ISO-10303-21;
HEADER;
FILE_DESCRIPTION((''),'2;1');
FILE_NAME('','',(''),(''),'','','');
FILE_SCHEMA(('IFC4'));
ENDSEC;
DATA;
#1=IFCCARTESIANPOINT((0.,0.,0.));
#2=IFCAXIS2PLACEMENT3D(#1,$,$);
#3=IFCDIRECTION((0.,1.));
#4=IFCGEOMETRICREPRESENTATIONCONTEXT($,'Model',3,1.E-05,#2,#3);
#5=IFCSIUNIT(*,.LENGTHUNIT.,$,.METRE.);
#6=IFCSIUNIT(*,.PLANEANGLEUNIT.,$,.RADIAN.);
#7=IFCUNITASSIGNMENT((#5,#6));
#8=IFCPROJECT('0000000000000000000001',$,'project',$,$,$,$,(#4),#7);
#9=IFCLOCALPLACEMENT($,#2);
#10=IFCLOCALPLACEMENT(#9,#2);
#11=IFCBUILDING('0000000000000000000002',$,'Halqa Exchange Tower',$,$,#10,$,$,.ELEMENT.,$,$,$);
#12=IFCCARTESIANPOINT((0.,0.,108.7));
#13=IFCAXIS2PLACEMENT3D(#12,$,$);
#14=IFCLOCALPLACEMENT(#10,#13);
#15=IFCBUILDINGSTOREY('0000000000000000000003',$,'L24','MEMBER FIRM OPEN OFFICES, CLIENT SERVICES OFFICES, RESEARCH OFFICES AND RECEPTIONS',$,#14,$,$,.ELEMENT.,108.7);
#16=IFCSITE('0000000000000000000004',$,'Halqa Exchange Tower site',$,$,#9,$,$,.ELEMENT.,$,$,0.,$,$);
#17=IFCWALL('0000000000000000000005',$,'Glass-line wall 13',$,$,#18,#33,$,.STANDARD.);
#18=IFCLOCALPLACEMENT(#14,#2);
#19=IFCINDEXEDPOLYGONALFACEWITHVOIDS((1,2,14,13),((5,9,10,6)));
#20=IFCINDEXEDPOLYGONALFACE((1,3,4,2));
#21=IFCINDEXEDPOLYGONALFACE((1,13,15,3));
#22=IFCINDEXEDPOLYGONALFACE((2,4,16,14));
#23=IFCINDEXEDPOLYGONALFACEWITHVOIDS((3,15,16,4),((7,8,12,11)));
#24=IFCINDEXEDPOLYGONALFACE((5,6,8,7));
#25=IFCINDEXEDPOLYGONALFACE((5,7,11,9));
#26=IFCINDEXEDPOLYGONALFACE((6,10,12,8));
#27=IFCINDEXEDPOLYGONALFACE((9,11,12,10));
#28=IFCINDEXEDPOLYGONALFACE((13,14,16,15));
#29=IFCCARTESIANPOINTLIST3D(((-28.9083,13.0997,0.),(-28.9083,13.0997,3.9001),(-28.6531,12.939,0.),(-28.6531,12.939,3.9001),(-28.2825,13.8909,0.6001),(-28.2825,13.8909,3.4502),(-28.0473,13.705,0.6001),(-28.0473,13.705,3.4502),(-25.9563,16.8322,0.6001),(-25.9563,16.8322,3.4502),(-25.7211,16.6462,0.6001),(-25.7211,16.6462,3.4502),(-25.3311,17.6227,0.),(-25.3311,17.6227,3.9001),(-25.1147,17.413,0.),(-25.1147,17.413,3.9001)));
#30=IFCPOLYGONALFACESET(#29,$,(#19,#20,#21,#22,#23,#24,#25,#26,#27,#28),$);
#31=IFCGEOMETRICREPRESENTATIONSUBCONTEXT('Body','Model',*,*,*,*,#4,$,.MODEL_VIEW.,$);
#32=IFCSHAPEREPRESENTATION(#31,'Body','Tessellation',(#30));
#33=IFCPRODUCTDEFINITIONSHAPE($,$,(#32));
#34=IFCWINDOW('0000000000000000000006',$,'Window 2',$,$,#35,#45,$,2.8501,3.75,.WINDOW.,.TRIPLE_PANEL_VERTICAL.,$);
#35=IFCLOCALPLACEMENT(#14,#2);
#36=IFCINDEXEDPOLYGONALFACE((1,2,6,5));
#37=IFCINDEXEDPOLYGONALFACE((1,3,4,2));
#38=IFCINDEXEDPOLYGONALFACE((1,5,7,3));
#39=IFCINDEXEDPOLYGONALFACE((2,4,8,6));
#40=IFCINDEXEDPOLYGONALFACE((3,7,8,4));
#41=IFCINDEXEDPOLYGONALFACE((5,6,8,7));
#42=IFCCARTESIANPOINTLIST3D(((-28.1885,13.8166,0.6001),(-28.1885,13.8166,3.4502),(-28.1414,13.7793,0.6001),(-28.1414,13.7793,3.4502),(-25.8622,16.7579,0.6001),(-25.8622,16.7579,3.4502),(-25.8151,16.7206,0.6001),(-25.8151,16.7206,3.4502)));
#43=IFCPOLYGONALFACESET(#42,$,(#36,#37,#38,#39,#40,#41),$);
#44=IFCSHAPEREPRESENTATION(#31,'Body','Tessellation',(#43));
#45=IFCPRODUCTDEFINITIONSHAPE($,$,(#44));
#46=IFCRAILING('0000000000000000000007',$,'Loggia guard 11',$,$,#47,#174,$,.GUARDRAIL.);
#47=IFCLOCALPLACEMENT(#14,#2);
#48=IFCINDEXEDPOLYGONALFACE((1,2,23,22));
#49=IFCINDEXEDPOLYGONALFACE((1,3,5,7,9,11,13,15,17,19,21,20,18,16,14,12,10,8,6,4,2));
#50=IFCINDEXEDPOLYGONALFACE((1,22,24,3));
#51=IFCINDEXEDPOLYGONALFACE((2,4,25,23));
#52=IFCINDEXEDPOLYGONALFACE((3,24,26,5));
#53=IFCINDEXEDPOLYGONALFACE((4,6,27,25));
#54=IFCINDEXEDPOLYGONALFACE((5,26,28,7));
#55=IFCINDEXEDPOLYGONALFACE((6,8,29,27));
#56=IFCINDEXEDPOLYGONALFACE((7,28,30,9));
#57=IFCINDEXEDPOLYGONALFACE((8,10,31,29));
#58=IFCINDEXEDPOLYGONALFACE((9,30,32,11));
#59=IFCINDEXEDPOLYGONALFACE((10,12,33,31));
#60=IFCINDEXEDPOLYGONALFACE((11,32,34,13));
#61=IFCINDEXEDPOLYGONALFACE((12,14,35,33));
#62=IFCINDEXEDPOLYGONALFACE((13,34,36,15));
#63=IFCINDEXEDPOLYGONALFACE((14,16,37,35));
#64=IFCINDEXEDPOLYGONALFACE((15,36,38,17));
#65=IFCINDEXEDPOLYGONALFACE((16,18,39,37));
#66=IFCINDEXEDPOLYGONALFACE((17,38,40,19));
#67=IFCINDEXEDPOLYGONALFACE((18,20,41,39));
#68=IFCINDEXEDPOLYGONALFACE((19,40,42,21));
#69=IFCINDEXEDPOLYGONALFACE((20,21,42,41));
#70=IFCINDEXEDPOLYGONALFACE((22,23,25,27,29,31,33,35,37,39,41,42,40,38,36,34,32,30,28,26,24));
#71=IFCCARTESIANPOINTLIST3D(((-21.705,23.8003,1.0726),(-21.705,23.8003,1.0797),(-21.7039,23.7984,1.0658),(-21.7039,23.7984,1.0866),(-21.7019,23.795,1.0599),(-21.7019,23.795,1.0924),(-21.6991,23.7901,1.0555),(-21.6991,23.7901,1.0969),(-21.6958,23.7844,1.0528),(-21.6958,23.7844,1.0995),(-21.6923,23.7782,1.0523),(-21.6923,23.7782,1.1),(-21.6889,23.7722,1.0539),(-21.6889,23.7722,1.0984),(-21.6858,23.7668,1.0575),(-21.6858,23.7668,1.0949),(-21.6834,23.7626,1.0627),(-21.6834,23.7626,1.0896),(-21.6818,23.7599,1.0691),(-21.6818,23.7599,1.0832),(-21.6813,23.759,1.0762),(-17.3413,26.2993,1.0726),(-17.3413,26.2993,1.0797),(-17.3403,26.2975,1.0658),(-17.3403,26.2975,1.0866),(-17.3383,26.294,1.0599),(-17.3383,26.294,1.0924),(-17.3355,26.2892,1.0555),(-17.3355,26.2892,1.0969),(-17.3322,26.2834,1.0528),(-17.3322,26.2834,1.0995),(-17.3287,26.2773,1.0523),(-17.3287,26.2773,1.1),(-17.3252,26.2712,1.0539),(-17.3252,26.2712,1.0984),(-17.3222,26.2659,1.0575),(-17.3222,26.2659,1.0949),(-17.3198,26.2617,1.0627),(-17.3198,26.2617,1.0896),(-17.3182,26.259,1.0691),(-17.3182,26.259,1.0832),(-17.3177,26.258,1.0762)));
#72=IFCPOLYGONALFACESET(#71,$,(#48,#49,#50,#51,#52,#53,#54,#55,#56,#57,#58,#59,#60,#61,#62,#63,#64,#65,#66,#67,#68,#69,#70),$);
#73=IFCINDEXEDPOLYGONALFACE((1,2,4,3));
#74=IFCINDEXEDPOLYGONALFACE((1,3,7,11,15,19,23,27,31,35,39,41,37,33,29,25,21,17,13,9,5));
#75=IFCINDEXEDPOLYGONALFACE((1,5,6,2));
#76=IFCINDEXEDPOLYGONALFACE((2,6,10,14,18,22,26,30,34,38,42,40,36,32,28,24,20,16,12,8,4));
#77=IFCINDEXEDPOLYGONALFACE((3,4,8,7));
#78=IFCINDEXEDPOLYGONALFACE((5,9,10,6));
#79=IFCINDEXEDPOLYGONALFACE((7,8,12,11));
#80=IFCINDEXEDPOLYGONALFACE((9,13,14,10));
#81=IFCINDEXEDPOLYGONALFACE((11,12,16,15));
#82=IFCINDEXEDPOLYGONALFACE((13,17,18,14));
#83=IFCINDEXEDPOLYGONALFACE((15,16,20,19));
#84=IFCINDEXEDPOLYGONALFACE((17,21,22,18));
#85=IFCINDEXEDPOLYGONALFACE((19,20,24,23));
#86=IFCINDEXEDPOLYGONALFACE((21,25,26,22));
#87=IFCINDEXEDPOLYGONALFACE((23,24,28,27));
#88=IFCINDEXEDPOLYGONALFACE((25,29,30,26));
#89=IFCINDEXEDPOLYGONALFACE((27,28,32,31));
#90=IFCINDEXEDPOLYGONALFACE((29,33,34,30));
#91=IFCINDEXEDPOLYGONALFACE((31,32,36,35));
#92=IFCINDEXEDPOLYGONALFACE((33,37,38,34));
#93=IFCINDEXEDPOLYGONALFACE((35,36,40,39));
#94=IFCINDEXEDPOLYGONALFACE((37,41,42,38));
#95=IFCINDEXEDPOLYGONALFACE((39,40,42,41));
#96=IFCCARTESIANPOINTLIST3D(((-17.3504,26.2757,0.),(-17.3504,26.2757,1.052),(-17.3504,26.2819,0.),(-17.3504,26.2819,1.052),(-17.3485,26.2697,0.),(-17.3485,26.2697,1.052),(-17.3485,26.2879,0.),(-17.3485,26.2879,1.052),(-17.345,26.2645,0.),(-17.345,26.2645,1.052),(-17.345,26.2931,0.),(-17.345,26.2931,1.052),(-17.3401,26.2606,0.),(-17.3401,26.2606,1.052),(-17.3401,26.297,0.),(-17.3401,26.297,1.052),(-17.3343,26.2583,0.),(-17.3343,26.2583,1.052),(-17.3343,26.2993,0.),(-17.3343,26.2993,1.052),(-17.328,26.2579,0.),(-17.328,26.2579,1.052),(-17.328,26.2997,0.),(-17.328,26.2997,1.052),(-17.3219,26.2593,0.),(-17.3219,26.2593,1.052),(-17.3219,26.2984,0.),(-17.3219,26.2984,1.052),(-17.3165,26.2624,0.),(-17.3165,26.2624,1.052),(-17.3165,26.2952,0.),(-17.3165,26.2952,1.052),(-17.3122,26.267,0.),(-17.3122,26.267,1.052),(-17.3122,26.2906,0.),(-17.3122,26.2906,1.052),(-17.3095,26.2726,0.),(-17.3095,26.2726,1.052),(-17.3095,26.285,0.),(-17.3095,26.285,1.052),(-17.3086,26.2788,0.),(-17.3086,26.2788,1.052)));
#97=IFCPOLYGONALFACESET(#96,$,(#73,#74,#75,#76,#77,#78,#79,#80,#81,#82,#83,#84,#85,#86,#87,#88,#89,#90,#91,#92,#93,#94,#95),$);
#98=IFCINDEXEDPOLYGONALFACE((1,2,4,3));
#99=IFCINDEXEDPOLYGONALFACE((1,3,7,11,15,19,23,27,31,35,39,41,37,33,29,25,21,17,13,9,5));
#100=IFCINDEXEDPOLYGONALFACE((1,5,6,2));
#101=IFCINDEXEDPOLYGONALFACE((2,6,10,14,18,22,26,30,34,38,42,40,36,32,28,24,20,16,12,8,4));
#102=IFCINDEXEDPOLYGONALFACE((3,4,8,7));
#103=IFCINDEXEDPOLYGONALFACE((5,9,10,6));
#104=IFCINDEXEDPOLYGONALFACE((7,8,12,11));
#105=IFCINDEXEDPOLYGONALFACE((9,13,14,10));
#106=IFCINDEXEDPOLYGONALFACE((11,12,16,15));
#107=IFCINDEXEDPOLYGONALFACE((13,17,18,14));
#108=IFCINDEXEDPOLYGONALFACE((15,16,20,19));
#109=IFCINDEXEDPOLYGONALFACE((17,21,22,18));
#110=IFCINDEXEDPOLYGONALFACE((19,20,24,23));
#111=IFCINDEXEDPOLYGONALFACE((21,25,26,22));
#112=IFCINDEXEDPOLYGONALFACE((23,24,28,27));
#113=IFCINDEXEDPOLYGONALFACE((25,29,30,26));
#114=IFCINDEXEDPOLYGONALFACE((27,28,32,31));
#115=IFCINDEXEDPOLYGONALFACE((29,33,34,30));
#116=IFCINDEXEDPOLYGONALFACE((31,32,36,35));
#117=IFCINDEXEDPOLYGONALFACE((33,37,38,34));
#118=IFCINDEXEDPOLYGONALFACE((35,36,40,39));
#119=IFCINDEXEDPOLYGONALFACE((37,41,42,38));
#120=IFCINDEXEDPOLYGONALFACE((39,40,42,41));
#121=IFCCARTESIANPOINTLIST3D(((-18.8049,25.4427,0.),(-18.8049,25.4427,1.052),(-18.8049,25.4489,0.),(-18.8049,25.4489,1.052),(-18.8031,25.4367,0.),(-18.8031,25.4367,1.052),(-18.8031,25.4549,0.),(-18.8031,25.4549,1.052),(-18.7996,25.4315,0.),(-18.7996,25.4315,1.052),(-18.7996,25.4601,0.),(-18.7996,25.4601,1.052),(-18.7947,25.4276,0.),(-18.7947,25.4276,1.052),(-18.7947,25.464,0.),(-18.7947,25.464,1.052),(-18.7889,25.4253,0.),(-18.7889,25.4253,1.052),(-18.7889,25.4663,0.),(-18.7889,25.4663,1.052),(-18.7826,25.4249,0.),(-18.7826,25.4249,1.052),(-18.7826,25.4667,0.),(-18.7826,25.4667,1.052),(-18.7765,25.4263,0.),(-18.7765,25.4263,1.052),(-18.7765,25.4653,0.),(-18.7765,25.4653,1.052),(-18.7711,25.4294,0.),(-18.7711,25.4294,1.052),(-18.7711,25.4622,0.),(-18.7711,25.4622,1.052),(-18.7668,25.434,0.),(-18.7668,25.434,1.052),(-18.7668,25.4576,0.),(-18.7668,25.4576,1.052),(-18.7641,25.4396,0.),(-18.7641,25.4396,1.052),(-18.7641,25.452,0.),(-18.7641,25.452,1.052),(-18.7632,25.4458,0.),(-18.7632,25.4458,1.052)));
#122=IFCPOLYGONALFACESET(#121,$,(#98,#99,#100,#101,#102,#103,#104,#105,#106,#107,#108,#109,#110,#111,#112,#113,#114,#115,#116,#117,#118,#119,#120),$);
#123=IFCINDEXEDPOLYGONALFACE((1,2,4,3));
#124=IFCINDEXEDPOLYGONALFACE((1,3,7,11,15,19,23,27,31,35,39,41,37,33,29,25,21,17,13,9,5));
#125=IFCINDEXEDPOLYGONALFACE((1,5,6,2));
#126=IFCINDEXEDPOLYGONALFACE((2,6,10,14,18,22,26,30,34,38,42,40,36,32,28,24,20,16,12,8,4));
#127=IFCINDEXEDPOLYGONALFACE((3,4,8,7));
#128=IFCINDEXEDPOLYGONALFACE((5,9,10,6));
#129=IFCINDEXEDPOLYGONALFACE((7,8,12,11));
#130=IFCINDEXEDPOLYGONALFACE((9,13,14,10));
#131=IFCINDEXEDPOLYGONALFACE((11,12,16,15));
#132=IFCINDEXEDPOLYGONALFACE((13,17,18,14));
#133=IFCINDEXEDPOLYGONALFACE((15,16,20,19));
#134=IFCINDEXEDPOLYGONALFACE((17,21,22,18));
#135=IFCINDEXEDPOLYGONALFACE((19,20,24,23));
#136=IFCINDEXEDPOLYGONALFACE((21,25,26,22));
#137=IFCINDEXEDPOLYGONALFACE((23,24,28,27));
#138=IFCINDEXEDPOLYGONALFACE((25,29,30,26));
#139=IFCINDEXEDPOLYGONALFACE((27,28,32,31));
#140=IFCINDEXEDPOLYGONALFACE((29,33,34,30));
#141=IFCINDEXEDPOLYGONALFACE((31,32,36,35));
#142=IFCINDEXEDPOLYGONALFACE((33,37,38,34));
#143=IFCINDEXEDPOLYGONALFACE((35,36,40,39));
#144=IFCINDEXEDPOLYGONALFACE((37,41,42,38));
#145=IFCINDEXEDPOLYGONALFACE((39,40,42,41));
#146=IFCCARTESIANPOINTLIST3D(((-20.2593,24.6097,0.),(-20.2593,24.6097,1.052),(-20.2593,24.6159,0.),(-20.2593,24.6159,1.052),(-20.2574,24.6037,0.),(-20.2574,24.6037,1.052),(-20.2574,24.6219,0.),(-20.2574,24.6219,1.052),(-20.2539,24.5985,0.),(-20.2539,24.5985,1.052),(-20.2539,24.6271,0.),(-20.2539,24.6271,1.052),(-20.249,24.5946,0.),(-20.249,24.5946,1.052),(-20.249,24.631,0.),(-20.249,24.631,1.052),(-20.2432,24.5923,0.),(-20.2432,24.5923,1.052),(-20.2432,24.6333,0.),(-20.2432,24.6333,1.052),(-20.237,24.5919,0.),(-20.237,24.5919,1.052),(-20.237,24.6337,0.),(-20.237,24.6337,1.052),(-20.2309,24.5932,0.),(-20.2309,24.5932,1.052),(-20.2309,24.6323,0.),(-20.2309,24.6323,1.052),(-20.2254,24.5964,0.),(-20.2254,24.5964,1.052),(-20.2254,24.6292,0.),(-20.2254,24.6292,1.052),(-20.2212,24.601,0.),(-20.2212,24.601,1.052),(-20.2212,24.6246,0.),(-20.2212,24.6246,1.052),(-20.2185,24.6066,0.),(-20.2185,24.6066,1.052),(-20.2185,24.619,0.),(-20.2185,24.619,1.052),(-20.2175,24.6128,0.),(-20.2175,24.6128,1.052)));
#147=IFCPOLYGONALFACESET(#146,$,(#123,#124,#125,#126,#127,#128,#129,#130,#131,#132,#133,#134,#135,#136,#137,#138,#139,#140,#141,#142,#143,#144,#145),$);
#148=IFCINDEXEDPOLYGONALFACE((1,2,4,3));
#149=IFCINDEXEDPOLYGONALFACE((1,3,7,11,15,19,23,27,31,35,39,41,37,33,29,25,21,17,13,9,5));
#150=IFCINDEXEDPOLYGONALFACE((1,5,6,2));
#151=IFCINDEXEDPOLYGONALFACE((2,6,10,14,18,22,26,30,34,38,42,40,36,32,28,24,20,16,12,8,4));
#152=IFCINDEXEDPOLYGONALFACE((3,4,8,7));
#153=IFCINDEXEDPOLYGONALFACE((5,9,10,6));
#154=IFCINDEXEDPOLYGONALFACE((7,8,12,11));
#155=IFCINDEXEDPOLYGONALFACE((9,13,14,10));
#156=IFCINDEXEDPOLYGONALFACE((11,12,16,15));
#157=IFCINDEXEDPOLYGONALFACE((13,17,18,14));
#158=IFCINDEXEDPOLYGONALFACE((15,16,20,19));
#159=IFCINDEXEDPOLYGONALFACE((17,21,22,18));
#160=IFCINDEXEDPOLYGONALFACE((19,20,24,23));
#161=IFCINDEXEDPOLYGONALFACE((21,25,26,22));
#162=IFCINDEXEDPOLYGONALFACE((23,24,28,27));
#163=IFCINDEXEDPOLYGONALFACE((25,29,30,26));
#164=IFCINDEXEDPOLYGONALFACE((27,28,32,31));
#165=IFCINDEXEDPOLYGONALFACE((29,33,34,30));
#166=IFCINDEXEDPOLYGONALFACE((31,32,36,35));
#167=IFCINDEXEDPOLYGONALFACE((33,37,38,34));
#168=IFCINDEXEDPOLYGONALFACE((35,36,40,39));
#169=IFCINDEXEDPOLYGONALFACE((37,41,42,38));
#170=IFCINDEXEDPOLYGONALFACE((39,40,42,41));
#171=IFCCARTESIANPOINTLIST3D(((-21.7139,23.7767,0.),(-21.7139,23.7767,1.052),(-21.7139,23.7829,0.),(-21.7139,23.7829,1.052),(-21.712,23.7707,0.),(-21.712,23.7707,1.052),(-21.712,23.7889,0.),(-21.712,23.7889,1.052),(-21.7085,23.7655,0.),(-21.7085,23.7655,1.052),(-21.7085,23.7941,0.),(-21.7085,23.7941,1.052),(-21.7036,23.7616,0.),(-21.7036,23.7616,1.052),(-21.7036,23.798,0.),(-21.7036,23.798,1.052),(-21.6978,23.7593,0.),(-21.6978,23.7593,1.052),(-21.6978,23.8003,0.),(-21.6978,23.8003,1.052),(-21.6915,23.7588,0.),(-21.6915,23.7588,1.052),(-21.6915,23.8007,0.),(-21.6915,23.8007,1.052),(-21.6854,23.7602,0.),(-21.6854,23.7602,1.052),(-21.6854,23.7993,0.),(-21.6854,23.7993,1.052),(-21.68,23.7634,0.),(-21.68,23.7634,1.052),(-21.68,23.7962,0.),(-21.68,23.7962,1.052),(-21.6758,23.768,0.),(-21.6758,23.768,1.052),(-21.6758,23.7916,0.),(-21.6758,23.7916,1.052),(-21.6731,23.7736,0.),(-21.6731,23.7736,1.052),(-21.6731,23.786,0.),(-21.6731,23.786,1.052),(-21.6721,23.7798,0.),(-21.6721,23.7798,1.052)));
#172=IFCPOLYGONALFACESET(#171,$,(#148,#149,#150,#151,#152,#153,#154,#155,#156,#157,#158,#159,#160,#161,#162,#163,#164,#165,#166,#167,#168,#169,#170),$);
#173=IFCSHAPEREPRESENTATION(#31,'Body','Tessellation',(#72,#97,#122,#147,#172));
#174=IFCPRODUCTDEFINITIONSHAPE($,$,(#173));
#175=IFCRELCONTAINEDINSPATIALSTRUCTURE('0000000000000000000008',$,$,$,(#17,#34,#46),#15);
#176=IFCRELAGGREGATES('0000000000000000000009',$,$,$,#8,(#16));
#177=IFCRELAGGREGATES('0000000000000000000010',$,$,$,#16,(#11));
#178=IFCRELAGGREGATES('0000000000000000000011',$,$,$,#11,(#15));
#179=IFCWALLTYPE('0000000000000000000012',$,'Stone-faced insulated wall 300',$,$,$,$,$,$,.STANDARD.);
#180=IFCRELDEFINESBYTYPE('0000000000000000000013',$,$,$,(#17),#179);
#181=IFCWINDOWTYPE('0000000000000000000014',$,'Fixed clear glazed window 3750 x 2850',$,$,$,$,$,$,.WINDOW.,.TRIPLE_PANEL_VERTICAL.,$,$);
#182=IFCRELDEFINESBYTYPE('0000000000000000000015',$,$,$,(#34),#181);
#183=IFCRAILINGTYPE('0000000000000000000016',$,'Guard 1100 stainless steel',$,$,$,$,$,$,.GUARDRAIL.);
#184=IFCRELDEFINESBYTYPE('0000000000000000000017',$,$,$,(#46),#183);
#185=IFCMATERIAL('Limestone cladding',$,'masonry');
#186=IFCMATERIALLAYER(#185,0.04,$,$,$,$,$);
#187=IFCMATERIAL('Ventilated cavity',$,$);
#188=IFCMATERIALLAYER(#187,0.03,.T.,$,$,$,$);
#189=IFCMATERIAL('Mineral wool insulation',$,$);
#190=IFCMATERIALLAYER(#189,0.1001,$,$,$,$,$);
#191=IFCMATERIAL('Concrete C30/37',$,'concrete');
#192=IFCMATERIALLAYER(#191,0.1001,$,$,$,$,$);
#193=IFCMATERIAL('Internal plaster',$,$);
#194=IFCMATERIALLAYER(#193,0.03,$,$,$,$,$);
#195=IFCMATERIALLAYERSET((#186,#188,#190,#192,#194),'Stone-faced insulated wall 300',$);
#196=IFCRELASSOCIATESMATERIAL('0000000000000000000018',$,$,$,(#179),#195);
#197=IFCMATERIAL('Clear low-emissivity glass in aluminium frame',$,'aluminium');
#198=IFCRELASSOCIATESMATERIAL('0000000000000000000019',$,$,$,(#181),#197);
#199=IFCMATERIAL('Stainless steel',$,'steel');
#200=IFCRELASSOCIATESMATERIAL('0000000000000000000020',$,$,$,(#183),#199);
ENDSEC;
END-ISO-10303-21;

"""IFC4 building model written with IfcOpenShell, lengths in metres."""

from ifc_helpers import new_model, si_unit, direction, frame, frame_2d, origin, origin_2d, place, context, subcontext, project, spatial, polyline, rectangle, circle, outline, extrude, material, layer, layer_set, type_object, element, fill, save


model = new_model("IFC4")

# Units and contexts
model_context = context("Model", 3, precision=1e-05, world=origin(), true_north=direction((0.0, 1.0)))
body_context = subcontext(model_context, "Body", "Model", "MODEL_VIEW")
ifc_project = project(units=[si_unit("LENGTHUNIT", "METRE"), si_unit("PLANEANGLEUNIT", "RADIAN")], contexts=[model_context])

# Site, building, storey
site_placement = place(None, origin())
site = spatial("IfcSite", under=ifc_project, at=site_placement, Name="Halqa Exchange Tower site", CompositionType="ELEMENT", RefElevation=0.0)
building_placement = place(site_placement, origin())
building = spatial("IfcBuilding", under=site, at=building_placement, Name="Halqa Exchange Tower", CompositionType="ELEMENT")
storey_placement = place(building_placement, frame((0.0, 0.0, 108.7)))
storey = spatial("IfcBuildingStorey", under=building, at=storey_placement, Name="L24", Description="MEMBER FIRM OPEN OFFICES, CLIENT SERVICES OFFICES, RESEARCH OFFICES AND RECEPTIONS", CompositionType="ELEMENT", Elevation=108.7)

# Shared definitions
ifc_material_1 = material(Name="Limestone cladding", Category="masonry")
ifc_layer_1 = layer(ifc_material_1, 0.04)
ifc_material_2 = material(Name="Ventilated cavity")
ifc_layer_2 = layer(ifc_material_2, 0.03, ventilated=True)
ifc_material_3 = material(Name="Mineral wool insulation")
ifc_layer_3 = layer(ifc_material_3, 0.1001)
ifc_material_4 = material(Name="Concrete C30/37", Category="concrete")
ifc_layer_4 = layer(ifc_material_4, 0.1001)
ifc_material_5 = material(Name="Internal plaster")
ifc_layer_5 = layer(ifc_material_5, 0.03)
ifc_layer_set_1 = layer_set([ifc_layer_1, ifc_layer_2, ifc_layer_3, ifc_layer_4, ifc_layer_5], Name="Stone-faced insulated wall 300")
wall_type_1 = type_object("IfcWallType", Name="Stone-faced insulated wall 300", PredefinedType="STANDARD", material=ifc_layer_set_1)
ifc_material_6 = material(Name="Clear low-emissivity glass in aluminium frame", Category="aluminium")
window_type = type_object("IfcWindowType", Name="Fixed clear glazed window 3750 x 2850", PartitioningType="TRIPLE_PANEL_VERTICAL", PredefinedType="WINDOW", material=ifc_material_6)

# Wall, opening, window
wall_1_placement = place(storey_placement, frame((-25.2229, 17.5178, 0.0), z_axis=(0.0, 0.0, 1.0), x_axis=(-0.62033, -0.784341, 0.0)))
wall_1 = element("IfcWall", 1, at=wall_1_placement, inside=storey, type_object=wall_type_1, Name="Glass-line wall 13", PredefinedType="STANDARD", context=body_context, shape_type="SweptSolid", body=[
    extrude(outline(polyline([(-0.0151, -0.1499), (5.7515, -0.1499), (5.7192, 0.1499), (0.0151, 0.1499), (-0.0151, -0.1499)])), origin(), (0.0, 0.0, 1.0), 3.9001),
])
opening_1_placement = place(wall_1_placement, frame((0.9927, 0.0, 0.6001)))
opening_1 = element("IfcOpeningElement", 2, at=opening_1_placement, cuts=wall_1, PredefinedType="OPENING", context=body_context, shape_type="SweptSolid", body=[
    extrude(rectangle(XDim=3.75, YDim=2.8501, at=frame_2d((1.875, 1.425))), frame((0.0, 0.1621, 0.0), z_axis=(0.0, -1.0, 0.0), x_axis=(1.0, 0.0, 0.0)), (0.0, 0.0, 1.0), 0.324),
])
window_1_placement = place(opening_1_placement, origin())
window_1 = element("IfcWindow", 3, at=window_1_placement, inside=storey, type_object=window_type, Name="Window 2", OverallHeight=2.8501, OverallWidth=3.75, PartitioningType="TRIPLE_PANEL_VERTICAL", PredefinedType="WINDOW", context=body_context, shape_type="SweptSolid", body=[
    extrude(rectangle(XDim=3.75, YDim=2.8501, at=frame_2d((1.875, 1.425))), frame((0.0, 0.03, 0.0), z_axis=(0.0, -1.0, 0.0), x_axis=(1.0, 0.0, 0.0)), (0.0, 0.0, 1.0), 0.0601),
])
fill(opening_1, window_1)

# Railing
ifc_material_7 = material(Name="Stainless steel", Category="steel")
railing_type = type_object("IfcRailingType", Name="Guard 1100 stainless steel", PredefinedType="GUARDRAIL", material=ifc_material_7)
railing_1_placement = place(storey_placement, frame((-17.3296, 26.2788, 0.0)))
element("IfcRailing", 4, at=railing_1_placement, inside=storey, type_object=railing_type, Name="Loggia guard 11", PredefinedType="GUARDRAIL", context=body_context, shape_type="SweptSolid", body=[
    extrude(circle(Radius=0.0239, at=origin_2d()), frame((0.0, 0.0, 1.0762), z_axis=(-0.867765, -0.496975, 0.0), x_axis=(0.496975, -0.867765, 0.0)), (0.0, 0.0, 1.0), 5.0286),
    extrude(circle(Radius=0.021, at=origin_2d()), origin(), (0.0, 0.0, 1.0), 1.052),
    extrude(circle(Radius=0.021, at=origin_2d()), frame((-1.4546, -0.833, 0.0)), (0.0, 0.0, 1.0), 1.052),
    extrude(circle(Radius=0.021, at=origin_2d()), frame((-2.9089, -1.666, 0.0)), (0.0, 0.0, 1.0), 1.052),
    extrude(circle(Radius=0.021, at=origin_2d()), frame((-4.3635, -2.499, 0.0)), (0.0, 0.0, 1.0), 1.052),
])

save(model, "model.ifc")
